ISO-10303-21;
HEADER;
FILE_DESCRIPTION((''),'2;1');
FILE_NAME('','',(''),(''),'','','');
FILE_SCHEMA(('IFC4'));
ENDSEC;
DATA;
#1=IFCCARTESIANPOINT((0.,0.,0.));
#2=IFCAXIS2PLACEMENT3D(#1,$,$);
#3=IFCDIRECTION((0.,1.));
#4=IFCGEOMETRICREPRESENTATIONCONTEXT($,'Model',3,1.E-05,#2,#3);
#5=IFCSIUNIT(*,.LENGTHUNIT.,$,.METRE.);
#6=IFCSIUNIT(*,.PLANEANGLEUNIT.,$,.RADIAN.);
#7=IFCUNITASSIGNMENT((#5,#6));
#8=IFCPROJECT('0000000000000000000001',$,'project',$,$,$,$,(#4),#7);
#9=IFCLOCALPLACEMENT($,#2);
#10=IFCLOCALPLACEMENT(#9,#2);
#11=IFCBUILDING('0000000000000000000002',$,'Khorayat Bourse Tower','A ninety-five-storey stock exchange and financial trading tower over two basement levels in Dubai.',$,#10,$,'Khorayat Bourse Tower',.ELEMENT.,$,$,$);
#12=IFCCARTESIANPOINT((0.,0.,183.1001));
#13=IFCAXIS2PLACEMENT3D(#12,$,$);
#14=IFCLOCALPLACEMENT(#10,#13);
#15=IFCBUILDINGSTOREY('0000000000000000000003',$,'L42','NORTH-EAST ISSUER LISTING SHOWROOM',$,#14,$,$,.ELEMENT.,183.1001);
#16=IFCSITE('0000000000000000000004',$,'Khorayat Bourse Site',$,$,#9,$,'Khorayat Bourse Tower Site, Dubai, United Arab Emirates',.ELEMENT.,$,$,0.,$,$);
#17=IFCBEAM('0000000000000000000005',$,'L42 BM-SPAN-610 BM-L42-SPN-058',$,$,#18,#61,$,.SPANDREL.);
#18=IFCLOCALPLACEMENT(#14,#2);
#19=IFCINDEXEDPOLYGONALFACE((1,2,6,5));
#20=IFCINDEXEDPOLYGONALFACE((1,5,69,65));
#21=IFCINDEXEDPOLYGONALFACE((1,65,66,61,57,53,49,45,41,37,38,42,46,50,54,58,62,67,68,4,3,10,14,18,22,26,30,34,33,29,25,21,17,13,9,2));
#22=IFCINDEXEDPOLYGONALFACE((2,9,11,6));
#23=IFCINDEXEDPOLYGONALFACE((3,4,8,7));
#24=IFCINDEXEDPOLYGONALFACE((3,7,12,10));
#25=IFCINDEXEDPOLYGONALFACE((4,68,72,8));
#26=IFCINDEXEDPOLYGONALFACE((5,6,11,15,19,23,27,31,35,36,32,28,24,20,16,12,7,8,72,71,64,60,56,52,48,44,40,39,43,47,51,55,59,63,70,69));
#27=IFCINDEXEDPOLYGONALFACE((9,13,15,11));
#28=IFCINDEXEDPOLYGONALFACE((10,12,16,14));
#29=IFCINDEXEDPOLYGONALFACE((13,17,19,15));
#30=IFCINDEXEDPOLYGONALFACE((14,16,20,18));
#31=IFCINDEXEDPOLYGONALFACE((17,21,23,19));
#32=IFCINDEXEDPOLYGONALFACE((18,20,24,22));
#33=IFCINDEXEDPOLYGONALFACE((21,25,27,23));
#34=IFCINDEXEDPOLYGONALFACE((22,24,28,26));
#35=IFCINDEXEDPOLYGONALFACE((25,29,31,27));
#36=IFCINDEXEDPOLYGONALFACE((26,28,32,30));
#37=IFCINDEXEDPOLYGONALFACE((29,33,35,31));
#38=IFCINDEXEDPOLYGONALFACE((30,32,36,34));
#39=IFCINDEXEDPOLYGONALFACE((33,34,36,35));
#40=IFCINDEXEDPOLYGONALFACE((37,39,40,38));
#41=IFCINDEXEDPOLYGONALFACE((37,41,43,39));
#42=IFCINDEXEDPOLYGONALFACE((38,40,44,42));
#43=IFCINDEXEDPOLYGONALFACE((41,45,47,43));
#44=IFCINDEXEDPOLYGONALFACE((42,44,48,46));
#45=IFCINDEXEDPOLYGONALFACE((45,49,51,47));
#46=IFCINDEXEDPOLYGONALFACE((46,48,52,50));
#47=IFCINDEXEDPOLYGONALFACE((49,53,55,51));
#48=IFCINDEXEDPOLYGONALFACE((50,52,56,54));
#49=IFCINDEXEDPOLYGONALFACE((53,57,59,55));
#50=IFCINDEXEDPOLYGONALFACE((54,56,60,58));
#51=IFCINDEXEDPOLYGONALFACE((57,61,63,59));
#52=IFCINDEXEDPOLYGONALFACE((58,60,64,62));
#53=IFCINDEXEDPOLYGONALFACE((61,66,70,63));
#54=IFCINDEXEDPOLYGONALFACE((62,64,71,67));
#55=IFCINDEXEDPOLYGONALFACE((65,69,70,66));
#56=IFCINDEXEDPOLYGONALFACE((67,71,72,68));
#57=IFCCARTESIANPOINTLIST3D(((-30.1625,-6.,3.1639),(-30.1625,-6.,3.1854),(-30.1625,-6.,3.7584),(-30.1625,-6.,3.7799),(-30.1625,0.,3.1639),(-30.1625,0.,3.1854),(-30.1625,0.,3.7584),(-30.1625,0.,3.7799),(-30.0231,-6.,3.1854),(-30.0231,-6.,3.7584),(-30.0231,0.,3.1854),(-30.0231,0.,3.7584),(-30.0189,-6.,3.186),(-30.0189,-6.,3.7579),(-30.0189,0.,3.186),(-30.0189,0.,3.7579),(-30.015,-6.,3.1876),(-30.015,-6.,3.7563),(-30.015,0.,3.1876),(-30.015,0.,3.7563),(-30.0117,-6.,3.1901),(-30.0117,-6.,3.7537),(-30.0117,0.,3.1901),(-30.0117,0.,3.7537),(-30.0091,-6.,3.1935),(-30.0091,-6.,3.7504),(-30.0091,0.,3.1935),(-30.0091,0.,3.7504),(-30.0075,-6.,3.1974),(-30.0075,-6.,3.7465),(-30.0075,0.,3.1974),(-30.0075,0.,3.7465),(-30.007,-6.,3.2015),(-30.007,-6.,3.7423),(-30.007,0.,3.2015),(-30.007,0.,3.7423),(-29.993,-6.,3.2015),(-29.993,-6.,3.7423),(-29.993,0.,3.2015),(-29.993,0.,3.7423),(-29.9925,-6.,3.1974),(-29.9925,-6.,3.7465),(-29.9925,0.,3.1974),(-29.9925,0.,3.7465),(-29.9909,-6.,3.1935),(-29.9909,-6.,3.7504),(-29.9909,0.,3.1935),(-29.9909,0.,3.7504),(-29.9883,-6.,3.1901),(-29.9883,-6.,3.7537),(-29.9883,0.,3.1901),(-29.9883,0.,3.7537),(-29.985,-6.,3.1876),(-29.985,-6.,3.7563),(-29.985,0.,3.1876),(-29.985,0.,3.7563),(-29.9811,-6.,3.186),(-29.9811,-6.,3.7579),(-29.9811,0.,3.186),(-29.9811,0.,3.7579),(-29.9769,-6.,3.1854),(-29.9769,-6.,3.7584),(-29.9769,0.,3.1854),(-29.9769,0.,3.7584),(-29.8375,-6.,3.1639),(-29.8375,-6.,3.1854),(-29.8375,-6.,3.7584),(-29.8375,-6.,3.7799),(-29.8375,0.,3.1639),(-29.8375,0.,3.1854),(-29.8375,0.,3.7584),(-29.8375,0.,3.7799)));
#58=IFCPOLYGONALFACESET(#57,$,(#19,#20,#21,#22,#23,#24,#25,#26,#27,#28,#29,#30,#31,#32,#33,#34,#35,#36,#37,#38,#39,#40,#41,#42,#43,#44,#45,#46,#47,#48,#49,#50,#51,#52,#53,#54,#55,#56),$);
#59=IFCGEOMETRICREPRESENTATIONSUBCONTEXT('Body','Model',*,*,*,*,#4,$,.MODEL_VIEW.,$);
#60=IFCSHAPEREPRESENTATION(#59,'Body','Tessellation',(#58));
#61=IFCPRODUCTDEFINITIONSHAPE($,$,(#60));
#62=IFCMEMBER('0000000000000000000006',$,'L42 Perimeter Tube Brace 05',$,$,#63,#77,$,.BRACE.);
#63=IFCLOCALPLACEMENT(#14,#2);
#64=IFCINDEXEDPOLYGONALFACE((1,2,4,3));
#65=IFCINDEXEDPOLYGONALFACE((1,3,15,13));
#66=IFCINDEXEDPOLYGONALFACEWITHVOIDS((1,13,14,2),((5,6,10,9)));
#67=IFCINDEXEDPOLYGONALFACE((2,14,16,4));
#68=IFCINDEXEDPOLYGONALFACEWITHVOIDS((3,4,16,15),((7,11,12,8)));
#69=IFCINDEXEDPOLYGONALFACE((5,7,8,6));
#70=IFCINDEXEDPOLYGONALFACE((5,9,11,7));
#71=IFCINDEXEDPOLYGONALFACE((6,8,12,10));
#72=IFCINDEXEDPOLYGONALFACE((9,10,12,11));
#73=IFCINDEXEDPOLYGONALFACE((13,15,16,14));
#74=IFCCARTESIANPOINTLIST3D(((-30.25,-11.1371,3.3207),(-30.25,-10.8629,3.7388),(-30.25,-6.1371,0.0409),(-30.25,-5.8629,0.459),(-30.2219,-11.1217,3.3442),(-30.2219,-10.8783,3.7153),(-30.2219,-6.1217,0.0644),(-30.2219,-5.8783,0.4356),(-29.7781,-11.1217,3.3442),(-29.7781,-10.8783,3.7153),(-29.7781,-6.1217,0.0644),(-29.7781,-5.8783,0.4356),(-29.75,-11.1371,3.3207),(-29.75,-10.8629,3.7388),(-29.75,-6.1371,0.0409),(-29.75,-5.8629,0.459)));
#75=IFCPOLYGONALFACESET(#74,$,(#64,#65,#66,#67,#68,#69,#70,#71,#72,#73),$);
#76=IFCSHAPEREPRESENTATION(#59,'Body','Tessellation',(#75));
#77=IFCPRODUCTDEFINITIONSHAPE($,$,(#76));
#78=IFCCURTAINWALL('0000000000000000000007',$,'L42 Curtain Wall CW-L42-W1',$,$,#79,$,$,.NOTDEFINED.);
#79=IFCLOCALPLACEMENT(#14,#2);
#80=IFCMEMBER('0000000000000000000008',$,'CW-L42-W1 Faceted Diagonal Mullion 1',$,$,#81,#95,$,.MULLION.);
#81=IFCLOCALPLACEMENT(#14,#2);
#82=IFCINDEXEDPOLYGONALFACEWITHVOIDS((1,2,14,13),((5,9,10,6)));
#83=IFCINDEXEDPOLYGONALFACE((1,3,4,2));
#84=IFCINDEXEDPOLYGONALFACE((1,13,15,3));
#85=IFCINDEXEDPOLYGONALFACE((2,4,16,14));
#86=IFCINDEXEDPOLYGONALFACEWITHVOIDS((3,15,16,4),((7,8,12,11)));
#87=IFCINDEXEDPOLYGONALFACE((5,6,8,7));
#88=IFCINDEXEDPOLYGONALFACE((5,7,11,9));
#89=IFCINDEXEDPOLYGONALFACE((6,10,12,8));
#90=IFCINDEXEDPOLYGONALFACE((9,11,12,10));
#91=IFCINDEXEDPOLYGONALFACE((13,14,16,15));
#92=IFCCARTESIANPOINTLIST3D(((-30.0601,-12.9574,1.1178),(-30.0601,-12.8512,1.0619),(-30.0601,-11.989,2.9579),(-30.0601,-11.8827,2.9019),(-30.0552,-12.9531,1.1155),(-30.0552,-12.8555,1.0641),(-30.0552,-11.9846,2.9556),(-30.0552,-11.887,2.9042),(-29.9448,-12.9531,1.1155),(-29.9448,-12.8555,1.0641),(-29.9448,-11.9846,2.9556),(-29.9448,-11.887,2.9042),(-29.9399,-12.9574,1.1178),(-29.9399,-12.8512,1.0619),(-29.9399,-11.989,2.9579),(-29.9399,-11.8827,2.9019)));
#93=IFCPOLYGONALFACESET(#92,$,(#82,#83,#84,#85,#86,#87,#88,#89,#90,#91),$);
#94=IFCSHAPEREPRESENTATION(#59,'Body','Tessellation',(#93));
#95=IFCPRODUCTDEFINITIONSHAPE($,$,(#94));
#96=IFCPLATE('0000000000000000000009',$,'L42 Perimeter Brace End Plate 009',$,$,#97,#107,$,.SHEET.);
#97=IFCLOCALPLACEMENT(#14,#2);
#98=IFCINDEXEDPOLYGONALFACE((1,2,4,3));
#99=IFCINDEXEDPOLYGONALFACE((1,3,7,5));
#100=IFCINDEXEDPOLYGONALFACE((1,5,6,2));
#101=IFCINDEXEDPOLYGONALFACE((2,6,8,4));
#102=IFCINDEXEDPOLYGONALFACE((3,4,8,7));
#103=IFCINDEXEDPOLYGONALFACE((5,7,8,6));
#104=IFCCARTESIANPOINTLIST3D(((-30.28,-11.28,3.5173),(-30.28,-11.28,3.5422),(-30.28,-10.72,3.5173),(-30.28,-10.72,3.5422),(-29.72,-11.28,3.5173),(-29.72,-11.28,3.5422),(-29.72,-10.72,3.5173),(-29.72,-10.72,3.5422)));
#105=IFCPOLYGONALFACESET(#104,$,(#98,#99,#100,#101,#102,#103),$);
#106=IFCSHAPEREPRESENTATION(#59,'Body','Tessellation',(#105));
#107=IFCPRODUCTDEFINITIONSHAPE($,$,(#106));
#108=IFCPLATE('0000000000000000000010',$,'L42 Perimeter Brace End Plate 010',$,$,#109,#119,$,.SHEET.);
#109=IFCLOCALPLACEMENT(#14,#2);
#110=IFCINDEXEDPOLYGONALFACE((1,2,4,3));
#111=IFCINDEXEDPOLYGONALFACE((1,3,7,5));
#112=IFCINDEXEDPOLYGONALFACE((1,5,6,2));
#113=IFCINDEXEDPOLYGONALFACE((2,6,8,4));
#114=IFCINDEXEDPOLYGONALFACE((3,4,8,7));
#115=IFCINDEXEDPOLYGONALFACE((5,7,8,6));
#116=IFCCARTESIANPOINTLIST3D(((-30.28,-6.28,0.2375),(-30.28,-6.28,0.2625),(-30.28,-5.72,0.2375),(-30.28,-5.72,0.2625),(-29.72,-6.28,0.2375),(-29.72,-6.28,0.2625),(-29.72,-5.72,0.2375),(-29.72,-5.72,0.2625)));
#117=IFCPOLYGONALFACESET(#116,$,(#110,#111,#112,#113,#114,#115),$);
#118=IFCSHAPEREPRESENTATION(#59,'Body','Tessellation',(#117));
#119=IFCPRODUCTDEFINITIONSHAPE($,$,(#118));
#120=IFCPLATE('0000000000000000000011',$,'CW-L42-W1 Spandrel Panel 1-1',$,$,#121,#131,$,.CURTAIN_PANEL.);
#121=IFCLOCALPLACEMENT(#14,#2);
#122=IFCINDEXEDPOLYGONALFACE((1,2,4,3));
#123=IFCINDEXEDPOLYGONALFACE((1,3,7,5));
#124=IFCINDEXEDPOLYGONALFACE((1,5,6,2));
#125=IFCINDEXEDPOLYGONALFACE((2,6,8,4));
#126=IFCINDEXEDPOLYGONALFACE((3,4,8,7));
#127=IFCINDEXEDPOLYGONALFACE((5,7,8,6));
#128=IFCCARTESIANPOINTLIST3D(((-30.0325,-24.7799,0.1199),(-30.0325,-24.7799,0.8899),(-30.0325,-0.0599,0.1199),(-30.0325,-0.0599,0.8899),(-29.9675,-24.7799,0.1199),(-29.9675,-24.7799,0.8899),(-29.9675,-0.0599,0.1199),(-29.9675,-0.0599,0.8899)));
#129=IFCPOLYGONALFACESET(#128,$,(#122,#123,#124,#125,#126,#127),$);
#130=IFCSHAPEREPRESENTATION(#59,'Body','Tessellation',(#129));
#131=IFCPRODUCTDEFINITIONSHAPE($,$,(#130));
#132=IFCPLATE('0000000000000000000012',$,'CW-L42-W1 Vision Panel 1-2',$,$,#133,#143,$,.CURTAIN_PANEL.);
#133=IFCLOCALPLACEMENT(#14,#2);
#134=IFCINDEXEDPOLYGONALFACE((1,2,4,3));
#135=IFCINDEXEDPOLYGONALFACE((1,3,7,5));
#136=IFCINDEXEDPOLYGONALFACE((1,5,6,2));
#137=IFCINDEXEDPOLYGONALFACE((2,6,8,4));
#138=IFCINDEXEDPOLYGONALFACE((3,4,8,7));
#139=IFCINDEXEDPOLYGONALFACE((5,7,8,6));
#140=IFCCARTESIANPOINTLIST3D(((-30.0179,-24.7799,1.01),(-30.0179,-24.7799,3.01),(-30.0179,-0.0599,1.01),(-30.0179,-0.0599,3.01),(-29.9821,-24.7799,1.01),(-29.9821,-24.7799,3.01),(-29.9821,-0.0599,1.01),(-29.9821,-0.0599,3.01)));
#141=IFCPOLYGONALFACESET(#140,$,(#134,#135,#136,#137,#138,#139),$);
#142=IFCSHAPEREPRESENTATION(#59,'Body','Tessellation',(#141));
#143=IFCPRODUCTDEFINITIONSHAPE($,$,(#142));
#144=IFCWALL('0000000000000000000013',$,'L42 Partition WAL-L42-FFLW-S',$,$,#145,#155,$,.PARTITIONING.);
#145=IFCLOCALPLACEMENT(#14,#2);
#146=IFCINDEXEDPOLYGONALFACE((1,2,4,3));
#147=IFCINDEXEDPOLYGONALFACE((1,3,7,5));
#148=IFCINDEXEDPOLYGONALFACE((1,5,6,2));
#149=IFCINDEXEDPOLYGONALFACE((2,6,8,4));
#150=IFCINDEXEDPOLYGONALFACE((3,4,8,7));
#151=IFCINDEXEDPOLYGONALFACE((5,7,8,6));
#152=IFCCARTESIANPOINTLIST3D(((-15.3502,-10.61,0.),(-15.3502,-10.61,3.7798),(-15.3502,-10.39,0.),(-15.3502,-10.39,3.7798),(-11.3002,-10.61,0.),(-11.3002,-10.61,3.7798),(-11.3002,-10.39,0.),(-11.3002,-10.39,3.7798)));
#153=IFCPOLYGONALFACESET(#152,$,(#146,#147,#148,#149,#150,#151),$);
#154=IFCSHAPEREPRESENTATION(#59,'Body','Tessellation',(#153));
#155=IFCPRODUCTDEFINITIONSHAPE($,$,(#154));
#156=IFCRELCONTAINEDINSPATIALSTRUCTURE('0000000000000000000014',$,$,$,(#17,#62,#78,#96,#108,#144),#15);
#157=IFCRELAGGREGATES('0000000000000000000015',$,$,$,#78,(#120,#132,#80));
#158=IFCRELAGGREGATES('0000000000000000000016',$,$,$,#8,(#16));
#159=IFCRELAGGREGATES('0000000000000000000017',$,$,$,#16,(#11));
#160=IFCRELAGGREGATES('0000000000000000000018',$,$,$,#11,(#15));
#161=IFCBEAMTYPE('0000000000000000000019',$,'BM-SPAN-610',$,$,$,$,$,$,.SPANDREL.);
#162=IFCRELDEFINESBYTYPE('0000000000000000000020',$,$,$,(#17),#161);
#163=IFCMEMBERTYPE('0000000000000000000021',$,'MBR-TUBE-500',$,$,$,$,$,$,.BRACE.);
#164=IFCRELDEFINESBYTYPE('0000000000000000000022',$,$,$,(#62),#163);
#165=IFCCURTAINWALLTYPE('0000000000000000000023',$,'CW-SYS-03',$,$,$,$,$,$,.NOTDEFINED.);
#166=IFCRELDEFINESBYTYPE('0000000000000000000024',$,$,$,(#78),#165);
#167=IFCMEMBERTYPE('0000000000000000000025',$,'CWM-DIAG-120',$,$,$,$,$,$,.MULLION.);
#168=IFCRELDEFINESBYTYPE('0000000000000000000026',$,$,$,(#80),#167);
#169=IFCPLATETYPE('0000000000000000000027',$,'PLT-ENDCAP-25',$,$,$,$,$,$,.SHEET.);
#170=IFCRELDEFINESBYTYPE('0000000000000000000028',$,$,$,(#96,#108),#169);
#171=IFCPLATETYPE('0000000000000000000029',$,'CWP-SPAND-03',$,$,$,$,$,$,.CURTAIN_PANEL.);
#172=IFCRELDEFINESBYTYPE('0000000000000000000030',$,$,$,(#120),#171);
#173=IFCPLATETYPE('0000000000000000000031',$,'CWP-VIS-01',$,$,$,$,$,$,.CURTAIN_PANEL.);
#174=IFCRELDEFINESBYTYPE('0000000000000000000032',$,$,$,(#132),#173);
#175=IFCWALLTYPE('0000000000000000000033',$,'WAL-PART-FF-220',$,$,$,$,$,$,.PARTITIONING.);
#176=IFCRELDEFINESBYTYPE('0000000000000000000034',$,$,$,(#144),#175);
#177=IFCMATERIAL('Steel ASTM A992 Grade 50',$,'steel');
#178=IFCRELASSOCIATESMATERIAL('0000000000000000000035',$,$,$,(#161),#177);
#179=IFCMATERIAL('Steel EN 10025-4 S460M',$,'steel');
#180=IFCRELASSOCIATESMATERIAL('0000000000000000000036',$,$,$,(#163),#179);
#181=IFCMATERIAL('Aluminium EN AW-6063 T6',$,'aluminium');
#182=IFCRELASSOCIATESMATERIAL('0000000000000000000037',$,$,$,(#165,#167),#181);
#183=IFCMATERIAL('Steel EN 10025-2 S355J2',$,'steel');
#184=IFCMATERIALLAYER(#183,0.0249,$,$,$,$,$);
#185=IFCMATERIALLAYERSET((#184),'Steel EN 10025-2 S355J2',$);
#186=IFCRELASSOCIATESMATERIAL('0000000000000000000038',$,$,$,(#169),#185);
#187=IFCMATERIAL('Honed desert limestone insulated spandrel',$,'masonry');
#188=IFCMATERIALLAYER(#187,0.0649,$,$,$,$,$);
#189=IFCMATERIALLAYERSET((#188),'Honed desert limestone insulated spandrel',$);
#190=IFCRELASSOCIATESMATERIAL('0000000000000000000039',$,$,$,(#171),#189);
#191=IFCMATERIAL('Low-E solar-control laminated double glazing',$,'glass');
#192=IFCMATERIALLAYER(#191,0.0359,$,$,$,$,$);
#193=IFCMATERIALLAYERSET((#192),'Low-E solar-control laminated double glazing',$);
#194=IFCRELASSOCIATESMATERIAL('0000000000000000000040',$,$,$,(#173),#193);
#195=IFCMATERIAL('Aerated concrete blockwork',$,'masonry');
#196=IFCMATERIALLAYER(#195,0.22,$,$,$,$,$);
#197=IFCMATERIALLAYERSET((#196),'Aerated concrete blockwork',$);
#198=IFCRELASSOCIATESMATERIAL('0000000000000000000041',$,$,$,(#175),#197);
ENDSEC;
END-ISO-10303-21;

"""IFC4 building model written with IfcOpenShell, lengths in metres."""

from ifc_helpers import new_model, si_unit, direction, frame, frame_2d, origin, origin_2d, place, context, subcontext, project, spatial, rectangle, hollow_rectangle, i_section, extrude, source, transform, mapped, material, layer, layer_set, material_profile, profile_set, type_object, element, aggregate, save


model = new_model("IFC4")

# Units and contexts
model_context = context("Model", 3, precision=1e-05, world=origin(), true_north=direction((0.0, 1.0)))
body_context = subcontext(model_context, "Body", "Model", "MODEL_VIEW")
ifc_project = project(units=[si_unit("LENGTHUNIT", "METRE"), si_unit("PLANEANGLEUNIT", "RADIAN")], contexts=[model_context])

# Site, building, storey
site_placement = place(None, origin())
site = spatial("IfcSite", under=ifc_project, at=site_placement, Name="Khorayat Bourse Site", LongName="Khorayat Bourse Tower Site, Dubai, United Arab Emirates", CompositionType="ELEMENT", RefElevation=0.0)
building_placement = place(site_placement, origin())
building = spatial("IfcBuilding", under=site, at=building_placement, Name="Khorayat Bourse Tower", Description="A ninety-five-storey stock exchange and financial trading tower over two basement levels in Dubai.", LongName="Khorayat Bourse Tower", CompositionType="ELEMENT")
storey_placement = place(building_placement, frame((0.0, 0.0, 183.1001)))
storey = spatial("IfcBuildingStorey", under=building, at=storey_placement, Name="L42", Description="NORTH-EAST ISSUER LISTING SHOWROOM", CompositionType="ELEMENT", Elevation=183.1001)

# Shared definitions
ifc_material_1 = material(Name="Steel EN 10025-4 S460M", Category="steel")

# Beam
ifc_material_2 = material(Name="Steel ASTM A992 Grade 50", Category="steel")
ifc_material_profile_1 = material_profile(ifc_material_2, i_section(OverallWidth=0.325, OverallDepth=0.616, WebThickness=0.0139, FlangeThickness=0.0215, FilletRadius=0.0161, at=origin_2d()), Name="W610X174")
ifc_profile_set_1 = profile_set([ifc_material_profile_1], Name="Steel ASTM A992 Grade 50")
beam_type_1 = type_object("IfcBeamType", Name="BM-SPAN-610", PredefinedType="SPANDREL", material=ifc_profile_set_1)
shared_shape_1 = source(origin(), body_context, "Body", "SweptSolid", [
    extrude(i_section(OverallWidth=0.325, OverallDepth=0.616, WebThickness=0.0139, FlangeThickness=0.0215, FilletRadius=0.0161, at=origin_2d()), origin(), (0.0, 0.0, 1.0), 6.0),
])
beam_1_placement = place(storey_placement, frame((-30.0, -6.0, 3.4719), z_axis=(0.0, 1.0, 0.0), x_axis=(-1.0, 0.0, 0.0)))
element("IfcBeam", 1, at=beam_1_placement, inside=storey, type_object=beam_type_1, Name="L42 BM-SPAN-610 BM-L42-SPN-058", PredefinedType="SPANDREL", context=body_context, shape_type="MappedRepresentation", body=[
    mapped(shared_shape_1, transform((0.0, 0.0, 0.0), scale=1.0)),
])

# Member
ifc_material_profile_2 = material_profile(ifc_material_1, hollow_rectangle(XDim=0.5, YDim=0.5, WallThickness=0.0281, at=origin_2d()), Name="HSS 500x500x28")
ifc_profile_set_2 = profile_set([ifc_material_profile_2], Name="Steel EN 10025-4 S460M")
member_type_1 = type_object("IfcMemberType", Name="MBR-TUBE-500", PredefinedType="BRACE", material=ifc_profile_set_2)
shared_shape_2 = source(origin(), body_context, "Body", "SweptSolid", [
    extrude(hollow_rectangle(XDim=0.5, YDim=0.5, WallThickness=0.0281, at=origin_2d()), origin(), (0.0, 0.0, 1.0), 5.9797),
])
member_1_placement = place(storey_placement, frame((-30.0, -11.0, 3.5298), z_axis=(0.0, 0.83616, -0.548485), x_axis=(-1.0, 0.0, 0.0)))
element("IfcMember", 2, at=member_1_placement, inside=storey, type_object=member_type_1, Name="L42 Perimeter Tube Brace 05", PredefinedType="BRACE", context=body_context, shape_type="MappedRepresentation", body=[
    mapped(shared_shape_2, transform((0.0, 0.0, 0.0), scale=1.0)),
])

# Curtain wall, member
ifc_material_3 = material(Name="Aluminium EN AW-6063 T6", Category="aluminium")
curtain_wall_type = type_object("IfcCurtainWallType", Name="CW-SYS-03", PredefinedType="NOTDEFINED", material=ifc_material_3)
curtain_wall_placement = place(storey_placement, origin())
curtain_wall = element("IfcCurtainWall", 3, at=curtain_wall_placement, inside=storey, type_object=curtain_wall_type, Name="L42 Curtain Wall CW-L42-W1", PredefinedType="NOTDEFINED")
ifc_material_profile_3 = material_profile(ifc_material_3, hollow_rectangle(XDim=0.1201, YDim=0.1201, WallThickness=0.0049, at=origin_2d()), Name="ALU 120x120x5")
ifc_profile_set_3 = profile_set([ifc_material_profile_3], Name="Aluminium EN AW-6063 T6")
member_type_2 = type_object("IfcMemberType", Name="CWM-DIAG-120", PredefinedType="MULLION", material=ifc_profile_set_3)
shared_shape_3 = source(origin(), body_context, "Body", "SweptSolid", [
    extrude(hollow_rectangle(XDim=0.1201, YDim=0.1201, WallThickness=0.0049, at=origin_2d()), origin(), (0.0, 0.0, 1.0), 2.0793),
])
member_2_placement = place(storey_placement, frame((-30.0, -12.9043, 1.0898), z_axis=(0.0, 0.465761, 0.884911), x_axis=(-1.0, 0.0, 0.0)))
member_2 = element("IfcMember", 4, at=member_2_placement, type_object=member_type_2, Name="CW-L42-W1 Faceted Diagonal Mullion 1", PredefinedType="MULLION", context=body_context, shape_type="MappedRepresentation", body=[
    mapped(shared_shape_3, transform((0.0, 0.0, 0.0), scale=1.0)),
])

# Plates
ifc_material_4 = material(Name="Steel EN 10025-2 S355J2", Category="steel")
ifc_layer_1 = layer(ifc_material_4, 0.0249)
ifc_layer_set_1 = layer_set([ifc_layer_1], Name="Steel EN 10025-2 S355J2")
plate_type_1 = type_object("IfcPlateType", Name="PLT-ENDCAP-25", PredefinedType="SHEET", material=ifc_layer_set_1)
shared_shape_4 = source(origin(), body_context, "Body", "SweptSolid", [
    extrude(rectangle(XDim=0.5601, YDim=0.5601, at=origin_2d()), origin(), (0.0, 0.0, 1.0), 0.0249),
])
for number, where, z_axis, x_axis, name in (
    (5, (-30.0, -11.0, 3.5173), (0.0, 0.0, 1.0), (1.0, 0.0, 0.0), "L42 Perimeter Brace End Plate 009"),
    (6, (-30.0, -6.0, 0.2375), (0.0, 0.0, 1.0), (1.0, 0.0, 0.0), "L42 Perimeter Brace End Plate 010"),
):
    element("IfcPlate", number, at=place(storey_placement, frame(where, z_axis=z_axis, x_axis=x_axis)), inside=storey, type_object=plate_type_1, Name=name, PredefinedType="SHEET", context=body_context, shape_type="MappedRepresentation", body=[
        mapped(shared_shape_4, transform((0.0, 0.0, 0.0), scale=1.0)),
    ])

# Plates
ifc_material_5 = material(Name="Honed desert limestone insulated spandrel", Category="masonry")
ifc_layer_2 = layer(ifc_material_5, 0.0649)
ifc_layer_set_2 = layer_set([ifc_layer_2], Name="Honed desert limestone insulated spandrel")
plate_type_2 = type_object("IfcPlateType", Name="CWP-SPAND-03", PredefinedType="CURTAIN_PANEL", material=ifc_layer_set_2)
shared_shape_5 = source(origin(), body_context, "Body", "SweptSolid", [
    extrude(rectangle(XDim=24.72, YDim=0.0649, at=origin_2d()), origin(), (0.0, 0.0, 1.0), 0.77),
])
plate_1_placement = place(storey_placement, frame((-30.0, -12.4199, 0.1199), z_axis=(0.0, 0.0, 1.0), x_axis=(0.0, 1.0, 0.0)))
plate_1 = element("IfcPlate", 7, at=plate_1_placement, type_object=plate_type_2, Name="CW-L42-W1 Spandrel Panel 1-1", PredefinedType="CURTAIN_PANEL", context=body_context, shape_type="MappedRepresentation", body=[
    mapped(shared_shape_5, transform((0.0, 0.0, 0.0), scale=1.0)),
])
ifc_material_6 = material(Name="Low-E solar-control laminated double glazing", Category="glass")
ifc_layer_3 = layer(ifc_material_6, 0.0359)
ifc_layer_set_3 = layer_set([ifc_layer_3], Name="Low-E solar-control laminated double glazing")
plate_type_3 = type_object("IfcPlateType", Name="CWP-VIS-01", PredefinedType="CURTAIN_PANEL", material=ifc_layer_set_3)
shared_shape_6 = source(origin(), body_context, "Body", "SweptSolid", [
    extrude(rectangle(XDim=24.72, YDim=0.0359, at=origin_2d()), origin(), (0.0, 0.0, 1.0), 2.0),
])
plate_2_placement = place(storey_placement, frame((-30.0, -12.4199, 1.01), z_axis=(0.0, 0.0, 1.0), x_axis=(0.0, 1.0, 0.0)))
plate_2 = element("IfcPlate", 8, at=plate_2_placement, type_object=plate_type_3, Name="CW-L42-W1 Vision Panel 1-2", PredefinedType="CURTAIN_PANEL", context=body_context, shape_type="MappedRepresentation", body=[
    mapped(shared_shape_6, transform((0.0, 0.0, 0.0), scale=1.0)),
])
aggregate(curtain_wall, [plate_1, plate_2, member_2])

# Wall
ifc_material_7 = material(Name="Aerated concrete blockwork", Category="masonry")
ifc_layer_4 = layer(ifc_material_7, 0.22)
ifc_layer_set_4 = layer_set([ifc_layer_4], Name="Aerated concrete blockwork")
wall_type_1 = type_object("IfcWallType", Name="WAL-PART-FF-220", PredefinedType="PARTITIONING", material=ifc_layer_set_4)
shared_shape_7 = source(origin(), body_context, "Body", "SweptSolid", [
    extrude(rectangle(XDim=4.05, YDim=0.22, at=frame_2d((2.0249, 0.0))), origin(), (0.0, 0.0, 1.0), 3.7798),
])
wall_1_placement = place(storey_placement, frame((-15.3501, -10.5, 0.0), z_axis=(0.0, 0.0, 1.0), x_axis=(1.0, 0.0, 0.0)))
element("IfcWall", 9, at=wall_1_placement, inside=storey, type_object=wall_type_1, Name="L42 Partition WAL-L42-FFLW-S", PredefinedType="PARTITIONING", context=body_context, shape_type="MappedRepresentation", body=[
    mapped(shared_shape_7, transform((0.0, 0.0, 0.0), scale=1.0)),
])

save(model, "model.ifc")
